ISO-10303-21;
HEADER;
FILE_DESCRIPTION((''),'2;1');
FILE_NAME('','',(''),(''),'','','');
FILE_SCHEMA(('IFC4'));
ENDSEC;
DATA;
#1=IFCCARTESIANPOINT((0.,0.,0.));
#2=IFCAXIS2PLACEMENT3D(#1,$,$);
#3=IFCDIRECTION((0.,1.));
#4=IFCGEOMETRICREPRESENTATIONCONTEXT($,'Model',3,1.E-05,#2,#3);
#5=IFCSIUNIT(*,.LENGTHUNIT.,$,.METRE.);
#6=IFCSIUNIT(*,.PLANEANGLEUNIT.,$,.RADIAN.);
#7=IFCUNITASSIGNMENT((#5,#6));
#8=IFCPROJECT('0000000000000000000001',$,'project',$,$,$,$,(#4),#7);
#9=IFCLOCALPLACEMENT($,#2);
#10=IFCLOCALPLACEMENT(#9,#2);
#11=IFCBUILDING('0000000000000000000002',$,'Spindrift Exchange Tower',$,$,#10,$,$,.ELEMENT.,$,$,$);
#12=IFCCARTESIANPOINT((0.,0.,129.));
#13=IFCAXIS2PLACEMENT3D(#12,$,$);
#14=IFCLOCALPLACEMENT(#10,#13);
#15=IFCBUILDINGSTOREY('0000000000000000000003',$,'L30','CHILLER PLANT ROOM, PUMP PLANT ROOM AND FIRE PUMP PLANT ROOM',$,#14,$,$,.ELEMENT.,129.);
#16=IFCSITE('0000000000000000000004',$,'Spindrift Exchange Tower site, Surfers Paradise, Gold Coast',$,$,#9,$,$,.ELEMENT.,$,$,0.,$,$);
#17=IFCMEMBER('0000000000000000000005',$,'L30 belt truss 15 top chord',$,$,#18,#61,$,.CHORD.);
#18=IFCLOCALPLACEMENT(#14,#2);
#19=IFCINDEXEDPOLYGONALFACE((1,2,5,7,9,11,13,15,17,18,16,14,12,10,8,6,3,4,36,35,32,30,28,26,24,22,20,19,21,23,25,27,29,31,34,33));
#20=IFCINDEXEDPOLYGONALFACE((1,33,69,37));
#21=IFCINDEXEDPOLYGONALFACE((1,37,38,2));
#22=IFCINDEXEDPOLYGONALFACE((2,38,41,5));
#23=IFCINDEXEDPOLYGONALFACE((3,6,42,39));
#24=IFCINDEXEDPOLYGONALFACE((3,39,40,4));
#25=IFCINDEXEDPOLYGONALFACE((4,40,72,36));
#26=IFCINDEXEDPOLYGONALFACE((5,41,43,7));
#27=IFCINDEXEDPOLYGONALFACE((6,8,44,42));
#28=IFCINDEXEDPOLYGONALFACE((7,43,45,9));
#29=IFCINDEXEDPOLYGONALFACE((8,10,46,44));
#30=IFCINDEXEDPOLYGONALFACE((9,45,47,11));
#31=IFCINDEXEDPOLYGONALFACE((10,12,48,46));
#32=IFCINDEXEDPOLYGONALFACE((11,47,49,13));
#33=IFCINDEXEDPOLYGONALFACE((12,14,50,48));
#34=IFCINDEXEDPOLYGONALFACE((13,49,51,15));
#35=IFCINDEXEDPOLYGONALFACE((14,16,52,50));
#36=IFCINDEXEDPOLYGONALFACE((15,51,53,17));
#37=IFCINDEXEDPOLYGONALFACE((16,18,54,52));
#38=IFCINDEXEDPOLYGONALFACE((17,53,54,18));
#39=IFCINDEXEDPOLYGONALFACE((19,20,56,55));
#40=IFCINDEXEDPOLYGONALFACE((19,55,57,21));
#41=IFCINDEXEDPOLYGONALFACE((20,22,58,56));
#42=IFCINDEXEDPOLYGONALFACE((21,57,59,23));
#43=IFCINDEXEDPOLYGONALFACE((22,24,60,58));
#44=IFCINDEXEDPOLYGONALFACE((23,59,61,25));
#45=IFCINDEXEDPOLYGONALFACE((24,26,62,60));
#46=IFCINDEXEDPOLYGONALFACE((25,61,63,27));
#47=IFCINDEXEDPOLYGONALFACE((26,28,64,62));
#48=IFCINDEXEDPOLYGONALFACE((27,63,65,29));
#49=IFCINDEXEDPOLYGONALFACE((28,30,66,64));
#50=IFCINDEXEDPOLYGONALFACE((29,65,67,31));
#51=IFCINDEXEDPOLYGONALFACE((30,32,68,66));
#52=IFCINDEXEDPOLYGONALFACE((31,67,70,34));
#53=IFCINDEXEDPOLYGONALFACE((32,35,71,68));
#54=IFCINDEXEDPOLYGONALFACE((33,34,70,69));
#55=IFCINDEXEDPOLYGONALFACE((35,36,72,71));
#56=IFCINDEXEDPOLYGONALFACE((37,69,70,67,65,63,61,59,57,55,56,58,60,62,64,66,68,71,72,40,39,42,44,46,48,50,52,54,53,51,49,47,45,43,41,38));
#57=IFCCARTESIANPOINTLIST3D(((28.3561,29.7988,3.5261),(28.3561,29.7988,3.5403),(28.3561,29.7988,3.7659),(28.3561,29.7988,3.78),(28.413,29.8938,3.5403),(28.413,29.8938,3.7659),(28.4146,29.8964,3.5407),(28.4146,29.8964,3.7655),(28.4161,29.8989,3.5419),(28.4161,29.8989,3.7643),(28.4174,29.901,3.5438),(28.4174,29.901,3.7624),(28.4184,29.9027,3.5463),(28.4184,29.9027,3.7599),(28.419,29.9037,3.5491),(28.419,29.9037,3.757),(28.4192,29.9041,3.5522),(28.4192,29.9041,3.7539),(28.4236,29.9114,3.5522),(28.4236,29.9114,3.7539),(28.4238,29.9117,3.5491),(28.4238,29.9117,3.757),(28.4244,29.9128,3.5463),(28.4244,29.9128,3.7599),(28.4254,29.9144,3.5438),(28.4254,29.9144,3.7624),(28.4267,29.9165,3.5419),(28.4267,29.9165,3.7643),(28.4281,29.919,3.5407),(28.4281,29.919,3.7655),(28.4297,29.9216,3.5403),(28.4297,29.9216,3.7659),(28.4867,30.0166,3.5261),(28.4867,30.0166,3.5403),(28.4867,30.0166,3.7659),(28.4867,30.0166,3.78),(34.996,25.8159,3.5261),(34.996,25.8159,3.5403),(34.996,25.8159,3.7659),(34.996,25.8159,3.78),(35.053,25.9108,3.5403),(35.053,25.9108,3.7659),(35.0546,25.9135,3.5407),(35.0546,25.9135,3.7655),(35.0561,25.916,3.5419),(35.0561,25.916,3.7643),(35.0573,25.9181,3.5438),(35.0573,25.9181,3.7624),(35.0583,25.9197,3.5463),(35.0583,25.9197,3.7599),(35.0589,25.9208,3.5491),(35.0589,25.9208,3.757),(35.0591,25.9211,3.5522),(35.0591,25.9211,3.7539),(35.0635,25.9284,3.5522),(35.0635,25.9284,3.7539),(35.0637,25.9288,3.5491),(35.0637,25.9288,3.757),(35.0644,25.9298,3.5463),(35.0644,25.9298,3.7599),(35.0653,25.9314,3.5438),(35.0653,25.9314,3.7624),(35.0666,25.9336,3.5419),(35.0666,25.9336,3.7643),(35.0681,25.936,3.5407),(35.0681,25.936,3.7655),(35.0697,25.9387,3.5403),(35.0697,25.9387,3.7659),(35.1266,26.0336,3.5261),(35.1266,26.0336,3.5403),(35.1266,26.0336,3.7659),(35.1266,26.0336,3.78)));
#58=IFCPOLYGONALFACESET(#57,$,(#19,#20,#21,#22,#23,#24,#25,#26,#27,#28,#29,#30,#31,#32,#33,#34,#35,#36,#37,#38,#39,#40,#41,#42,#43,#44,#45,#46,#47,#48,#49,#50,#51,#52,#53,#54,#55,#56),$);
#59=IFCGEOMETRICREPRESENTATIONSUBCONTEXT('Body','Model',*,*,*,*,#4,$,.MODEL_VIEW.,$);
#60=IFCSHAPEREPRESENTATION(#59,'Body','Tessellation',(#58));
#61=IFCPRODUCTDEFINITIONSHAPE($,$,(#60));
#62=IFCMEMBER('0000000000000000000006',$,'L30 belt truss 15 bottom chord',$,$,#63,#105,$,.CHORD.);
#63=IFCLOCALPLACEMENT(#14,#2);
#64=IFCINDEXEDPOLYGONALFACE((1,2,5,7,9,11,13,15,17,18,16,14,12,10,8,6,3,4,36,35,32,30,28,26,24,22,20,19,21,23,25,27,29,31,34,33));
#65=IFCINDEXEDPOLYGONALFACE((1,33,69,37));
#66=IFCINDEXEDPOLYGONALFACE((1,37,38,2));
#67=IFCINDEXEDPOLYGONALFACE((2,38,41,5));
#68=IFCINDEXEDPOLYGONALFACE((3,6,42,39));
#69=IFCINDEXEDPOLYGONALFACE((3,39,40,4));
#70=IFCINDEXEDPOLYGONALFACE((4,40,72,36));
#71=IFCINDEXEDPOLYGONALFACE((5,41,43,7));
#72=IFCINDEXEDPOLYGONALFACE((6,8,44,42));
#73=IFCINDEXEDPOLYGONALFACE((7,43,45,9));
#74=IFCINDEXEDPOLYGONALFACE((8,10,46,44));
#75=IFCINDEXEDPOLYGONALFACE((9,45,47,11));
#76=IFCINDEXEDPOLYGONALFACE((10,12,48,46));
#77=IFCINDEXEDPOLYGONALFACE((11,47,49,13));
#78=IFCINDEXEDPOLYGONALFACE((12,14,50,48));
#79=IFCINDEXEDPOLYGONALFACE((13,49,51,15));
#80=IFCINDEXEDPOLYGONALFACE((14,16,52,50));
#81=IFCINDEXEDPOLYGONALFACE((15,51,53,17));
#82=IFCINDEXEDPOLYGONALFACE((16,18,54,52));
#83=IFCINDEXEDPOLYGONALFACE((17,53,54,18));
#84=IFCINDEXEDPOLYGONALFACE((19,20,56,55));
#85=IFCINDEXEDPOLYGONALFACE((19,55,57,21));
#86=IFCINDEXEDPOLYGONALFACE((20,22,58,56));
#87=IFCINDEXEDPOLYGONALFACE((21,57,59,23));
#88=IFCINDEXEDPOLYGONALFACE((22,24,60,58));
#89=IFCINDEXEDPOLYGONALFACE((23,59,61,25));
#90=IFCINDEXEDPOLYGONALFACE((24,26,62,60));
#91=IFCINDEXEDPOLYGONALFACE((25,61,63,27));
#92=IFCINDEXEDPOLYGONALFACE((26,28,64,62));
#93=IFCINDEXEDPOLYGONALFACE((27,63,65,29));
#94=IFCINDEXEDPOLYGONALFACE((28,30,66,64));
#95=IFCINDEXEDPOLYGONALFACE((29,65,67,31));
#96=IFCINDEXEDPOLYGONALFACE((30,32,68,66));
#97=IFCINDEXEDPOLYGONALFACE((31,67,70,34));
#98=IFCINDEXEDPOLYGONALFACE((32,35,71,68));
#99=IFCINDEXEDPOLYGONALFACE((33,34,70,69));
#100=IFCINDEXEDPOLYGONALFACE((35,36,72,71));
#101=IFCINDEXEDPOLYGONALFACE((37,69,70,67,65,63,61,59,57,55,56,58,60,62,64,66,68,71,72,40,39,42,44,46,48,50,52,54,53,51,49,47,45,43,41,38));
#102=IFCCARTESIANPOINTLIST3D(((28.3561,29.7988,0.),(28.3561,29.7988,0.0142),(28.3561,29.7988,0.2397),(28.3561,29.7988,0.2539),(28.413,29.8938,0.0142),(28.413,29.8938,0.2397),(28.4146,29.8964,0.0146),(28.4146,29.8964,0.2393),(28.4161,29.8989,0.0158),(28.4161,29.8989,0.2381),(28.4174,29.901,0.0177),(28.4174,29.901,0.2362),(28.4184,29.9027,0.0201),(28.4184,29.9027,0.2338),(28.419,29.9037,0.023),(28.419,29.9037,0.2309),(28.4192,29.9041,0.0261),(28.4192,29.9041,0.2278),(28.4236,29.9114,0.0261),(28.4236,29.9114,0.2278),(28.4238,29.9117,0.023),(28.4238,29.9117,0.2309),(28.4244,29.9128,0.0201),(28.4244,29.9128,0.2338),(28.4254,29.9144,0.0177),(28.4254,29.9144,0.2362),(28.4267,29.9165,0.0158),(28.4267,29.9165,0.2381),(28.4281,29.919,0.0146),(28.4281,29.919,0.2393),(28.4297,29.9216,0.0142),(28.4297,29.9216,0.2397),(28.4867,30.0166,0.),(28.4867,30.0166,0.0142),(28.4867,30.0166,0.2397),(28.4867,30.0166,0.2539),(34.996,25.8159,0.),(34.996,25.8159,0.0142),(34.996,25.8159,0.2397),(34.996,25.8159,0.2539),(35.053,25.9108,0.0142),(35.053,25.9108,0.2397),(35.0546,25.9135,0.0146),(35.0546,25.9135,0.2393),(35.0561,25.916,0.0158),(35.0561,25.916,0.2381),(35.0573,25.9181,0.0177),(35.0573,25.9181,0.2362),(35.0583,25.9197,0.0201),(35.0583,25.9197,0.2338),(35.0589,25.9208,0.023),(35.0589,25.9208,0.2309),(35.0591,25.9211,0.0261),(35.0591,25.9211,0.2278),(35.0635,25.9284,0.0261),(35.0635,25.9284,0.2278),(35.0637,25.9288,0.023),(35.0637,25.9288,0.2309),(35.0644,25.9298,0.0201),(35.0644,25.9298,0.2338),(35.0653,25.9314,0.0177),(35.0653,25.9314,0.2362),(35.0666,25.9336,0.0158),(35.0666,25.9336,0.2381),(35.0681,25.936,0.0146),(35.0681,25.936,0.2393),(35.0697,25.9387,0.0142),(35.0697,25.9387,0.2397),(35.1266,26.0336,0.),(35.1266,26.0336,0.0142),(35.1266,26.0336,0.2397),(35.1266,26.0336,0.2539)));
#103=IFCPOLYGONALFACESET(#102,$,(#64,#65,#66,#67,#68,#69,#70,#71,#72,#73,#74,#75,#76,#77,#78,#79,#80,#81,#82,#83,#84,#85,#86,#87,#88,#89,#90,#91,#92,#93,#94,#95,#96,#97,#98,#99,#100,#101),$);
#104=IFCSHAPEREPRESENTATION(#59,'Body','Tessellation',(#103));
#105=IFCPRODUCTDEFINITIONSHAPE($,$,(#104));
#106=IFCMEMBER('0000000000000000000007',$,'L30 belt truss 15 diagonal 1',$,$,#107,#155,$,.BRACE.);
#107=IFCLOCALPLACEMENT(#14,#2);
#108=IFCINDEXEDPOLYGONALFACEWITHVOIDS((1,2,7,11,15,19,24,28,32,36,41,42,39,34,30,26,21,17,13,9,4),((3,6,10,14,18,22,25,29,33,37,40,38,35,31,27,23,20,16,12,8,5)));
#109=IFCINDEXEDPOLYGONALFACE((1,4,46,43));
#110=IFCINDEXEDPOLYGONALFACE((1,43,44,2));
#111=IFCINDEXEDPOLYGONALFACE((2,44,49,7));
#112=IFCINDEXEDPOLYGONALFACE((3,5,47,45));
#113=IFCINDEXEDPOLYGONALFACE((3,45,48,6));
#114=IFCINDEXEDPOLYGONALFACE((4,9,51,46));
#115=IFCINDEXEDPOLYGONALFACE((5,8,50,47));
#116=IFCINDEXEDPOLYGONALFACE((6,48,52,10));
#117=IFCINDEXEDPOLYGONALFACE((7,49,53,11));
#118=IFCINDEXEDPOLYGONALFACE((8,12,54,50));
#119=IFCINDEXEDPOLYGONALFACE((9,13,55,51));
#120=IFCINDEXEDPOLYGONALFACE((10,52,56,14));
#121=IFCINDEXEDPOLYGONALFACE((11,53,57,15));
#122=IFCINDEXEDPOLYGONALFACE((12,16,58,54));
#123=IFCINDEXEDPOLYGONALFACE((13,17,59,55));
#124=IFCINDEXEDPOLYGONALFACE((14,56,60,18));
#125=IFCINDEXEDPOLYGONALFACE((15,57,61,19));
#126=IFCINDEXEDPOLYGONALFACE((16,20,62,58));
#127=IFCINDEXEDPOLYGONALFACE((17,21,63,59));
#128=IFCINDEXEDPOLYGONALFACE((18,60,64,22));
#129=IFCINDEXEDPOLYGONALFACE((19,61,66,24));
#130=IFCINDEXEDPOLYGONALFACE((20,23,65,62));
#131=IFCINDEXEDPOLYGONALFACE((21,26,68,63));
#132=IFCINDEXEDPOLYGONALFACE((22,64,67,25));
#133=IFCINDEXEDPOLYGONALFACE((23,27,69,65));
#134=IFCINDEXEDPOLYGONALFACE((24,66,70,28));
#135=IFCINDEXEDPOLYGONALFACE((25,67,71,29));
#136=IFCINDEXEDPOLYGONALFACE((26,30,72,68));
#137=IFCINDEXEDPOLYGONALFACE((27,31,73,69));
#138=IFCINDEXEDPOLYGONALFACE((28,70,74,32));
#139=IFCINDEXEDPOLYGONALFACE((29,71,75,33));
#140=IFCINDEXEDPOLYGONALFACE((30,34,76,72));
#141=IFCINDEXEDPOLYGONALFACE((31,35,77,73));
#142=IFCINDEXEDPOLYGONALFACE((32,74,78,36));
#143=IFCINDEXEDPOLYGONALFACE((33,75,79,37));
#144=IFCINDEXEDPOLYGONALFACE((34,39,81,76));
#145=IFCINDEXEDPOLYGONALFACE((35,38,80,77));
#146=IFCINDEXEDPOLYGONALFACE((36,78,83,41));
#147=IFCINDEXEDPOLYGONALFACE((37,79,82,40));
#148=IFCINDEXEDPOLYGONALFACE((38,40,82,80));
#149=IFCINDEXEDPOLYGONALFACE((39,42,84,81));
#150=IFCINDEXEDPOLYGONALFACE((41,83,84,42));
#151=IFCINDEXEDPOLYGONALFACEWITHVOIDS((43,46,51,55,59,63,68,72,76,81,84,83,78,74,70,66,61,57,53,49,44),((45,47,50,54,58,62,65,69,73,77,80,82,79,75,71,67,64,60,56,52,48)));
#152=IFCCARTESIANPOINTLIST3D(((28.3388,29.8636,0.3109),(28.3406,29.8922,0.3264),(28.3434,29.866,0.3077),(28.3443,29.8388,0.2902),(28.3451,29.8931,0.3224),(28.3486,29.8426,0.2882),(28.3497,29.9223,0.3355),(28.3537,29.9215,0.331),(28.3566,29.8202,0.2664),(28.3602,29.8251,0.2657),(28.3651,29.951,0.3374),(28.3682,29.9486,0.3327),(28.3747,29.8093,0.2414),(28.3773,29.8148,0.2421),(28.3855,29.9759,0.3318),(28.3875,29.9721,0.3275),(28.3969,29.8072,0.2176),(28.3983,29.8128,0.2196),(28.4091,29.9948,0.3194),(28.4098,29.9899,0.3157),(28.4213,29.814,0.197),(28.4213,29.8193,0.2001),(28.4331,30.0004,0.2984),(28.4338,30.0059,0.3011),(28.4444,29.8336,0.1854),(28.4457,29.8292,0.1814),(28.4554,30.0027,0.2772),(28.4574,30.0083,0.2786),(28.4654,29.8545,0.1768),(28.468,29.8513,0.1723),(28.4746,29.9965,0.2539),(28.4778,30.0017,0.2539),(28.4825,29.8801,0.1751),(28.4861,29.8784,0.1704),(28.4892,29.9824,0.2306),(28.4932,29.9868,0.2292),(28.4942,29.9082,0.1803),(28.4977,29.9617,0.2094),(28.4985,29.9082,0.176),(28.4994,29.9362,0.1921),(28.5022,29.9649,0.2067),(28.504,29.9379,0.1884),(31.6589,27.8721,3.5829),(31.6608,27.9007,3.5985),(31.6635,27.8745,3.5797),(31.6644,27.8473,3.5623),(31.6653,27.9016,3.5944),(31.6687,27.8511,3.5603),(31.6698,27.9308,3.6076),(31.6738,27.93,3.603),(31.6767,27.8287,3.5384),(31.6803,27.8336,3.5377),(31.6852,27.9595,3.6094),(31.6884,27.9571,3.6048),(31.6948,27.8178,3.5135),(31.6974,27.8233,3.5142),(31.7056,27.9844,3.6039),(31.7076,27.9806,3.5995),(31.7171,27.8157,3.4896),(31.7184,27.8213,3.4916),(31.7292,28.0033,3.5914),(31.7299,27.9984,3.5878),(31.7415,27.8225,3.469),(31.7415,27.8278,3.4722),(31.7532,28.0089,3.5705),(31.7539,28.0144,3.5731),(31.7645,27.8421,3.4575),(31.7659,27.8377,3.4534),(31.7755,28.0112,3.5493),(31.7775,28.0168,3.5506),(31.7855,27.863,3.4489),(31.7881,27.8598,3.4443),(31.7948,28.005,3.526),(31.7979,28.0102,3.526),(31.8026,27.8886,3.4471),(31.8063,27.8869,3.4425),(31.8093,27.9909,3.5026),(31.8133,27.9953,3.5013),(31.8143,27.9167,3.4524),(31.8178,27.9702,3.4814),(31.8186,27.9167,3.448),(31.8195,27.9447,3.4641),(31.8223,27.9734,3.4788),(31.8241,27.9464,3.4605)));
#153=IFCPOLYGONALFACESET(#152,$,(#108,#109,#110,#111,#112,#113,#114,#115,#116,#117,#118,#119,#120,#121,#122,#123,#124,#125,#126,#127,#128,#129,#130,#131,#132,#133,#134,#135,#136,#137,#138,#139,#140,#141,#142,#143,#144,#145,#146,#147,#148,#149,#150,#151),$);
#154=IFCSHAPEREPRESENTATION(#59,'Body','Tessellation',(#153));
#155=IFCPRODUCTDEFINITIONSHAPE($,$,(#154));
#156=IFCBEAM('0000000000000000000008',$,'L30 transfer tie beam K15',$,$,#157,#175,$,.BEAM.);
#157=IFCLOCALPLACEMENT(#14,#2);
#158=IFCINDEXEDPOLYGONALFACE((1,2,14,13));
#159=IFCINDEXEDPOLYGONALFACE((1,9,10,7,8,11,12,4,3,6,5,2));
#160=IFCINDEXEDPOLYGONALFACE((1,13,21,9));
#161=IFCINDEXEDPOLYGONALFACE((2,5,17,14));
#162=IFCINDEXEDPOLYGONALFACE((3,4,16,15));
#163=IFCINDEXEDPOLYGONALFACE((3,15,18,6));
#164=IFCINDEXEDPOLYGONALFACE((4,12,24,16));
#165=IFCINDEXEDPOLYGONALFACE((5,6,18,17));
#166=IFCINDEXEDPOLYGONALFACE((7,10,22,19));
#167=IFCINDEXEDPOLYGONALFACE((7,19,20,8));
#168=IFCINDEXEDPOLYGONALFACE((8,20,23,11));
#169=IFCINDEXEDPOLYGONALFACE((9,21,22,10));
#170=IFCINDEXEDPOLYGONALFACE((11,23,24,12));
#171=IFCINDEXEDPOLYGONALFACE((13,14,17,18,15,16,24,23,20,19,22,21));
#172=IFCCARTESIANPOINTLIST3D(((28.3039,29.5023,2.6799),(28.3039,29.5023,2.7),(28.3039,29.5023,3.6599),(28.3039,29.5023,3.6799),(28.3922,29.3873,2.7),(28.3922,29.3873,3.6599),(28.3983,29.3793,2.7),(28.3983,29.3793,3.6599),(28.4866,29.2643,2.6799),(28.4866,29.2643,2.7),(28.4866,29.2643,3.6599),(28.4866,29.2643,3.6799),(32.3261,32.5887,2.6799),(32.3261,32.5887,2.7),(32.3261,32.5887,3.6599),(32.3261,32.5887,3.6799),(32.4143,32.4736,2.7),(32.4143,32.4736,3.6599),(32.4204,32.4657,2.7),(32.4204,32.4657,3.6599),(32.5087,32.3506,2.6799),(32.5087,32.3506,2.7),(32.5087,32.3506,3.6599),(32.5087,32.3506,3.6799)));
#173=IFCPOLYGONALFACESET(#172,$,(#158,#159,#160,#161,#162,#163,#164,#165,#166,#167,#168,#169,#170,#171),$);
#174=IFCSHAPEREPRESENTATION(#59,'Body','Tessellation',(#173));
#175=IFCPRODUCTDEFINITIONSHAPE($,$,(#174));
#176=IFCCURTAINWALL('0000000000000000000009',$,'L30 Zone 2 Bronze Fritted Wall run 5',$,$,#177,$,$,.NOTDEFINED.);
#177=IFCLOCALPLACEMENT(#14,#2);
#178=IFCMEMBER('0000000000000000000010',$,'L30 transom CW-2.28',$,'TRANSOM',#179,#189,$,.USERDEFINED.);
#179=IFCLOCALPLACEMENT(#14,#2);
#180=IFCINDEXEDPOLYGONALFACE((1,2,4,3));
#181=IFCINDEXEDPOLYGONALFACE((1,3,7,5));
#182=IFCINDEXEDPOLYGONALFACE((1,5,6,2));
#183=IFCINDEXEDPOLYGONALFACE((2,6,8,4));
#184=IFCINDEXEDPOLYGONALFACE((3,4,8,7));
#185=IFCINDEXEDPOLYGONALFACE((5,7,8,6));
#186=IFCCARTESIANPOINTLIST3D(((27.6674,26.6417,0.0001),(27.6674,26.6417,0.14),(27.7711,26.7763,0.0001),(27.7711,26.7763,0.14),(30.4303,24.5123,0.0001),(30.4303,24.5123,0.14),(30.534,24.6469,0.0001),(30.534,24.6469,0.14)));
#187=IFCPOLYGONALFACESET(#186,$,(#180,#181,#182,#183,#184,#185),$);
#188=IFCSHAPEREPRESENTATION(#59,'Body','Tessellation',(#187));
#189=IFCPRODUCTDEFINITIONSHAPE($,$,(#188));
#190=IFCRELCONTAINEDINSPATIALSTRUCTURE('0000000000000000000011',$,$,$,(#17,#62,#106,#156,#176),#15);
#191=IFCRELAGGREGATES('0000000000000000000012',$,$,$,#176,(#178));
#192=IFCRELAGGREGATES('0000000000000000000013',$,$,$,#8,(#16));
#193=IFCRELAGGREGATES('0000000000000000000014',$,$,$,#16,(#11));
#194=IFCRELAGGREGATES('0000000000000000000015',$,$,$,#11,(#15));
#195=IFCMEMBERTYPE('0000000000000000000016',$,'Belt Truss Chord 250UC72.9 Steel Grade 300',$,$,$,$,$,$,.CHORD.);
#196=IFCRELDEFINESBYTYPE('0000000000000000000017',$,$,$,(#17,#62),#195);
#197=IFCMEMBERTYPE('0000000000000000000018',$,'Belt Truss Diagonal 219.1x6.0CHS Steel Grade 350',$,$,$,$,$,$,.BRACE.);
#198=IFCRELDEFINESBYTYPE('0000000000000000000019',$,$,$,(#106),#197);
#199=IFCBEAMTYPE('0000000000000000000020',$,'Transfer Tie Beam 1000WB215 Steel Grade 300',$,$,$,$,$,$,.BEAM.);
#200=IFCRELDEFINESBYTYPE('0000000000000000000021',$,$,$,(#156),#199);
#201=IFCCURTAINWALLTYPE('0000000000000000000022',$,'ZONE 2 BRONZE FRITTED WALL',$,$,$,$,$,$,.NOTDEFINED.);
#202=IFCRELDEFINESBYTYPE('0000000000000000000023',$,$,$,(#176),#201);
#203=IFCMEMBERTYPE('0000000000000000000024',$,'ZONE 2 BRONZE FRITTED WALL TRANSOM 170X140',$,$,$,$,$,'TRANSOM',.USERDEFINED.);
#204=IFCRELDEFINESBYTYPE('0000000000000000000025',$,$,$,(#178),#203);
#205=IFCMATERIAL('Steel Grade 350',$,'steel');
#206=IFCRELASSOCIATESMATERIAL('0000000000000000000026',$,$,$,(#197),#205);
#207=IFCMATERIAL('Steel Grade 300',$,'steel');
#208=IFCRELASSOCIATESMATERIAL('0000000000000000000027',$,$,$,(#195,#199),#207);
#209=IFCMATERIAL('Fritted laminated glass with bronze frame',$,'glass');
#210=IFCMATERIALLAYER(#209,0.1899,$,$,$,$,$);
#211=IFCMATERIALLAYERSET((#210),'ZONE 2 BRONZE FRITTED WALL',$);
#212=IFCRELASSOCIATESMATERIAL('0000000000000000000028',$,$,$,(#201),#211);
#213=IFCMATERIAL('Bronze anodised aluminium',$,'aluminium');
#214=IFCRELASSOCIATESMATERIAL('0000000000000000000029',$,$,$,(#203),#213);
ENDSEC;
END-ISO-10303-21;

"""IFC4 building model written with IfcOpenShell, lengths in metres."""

from ifc_helpers import new_model, si_unit, direction, frame, origin, origin_2d, place, context, subcontext, project, spatial, rectangle, hollow_circle, i_section, extrude, source, transform, mapped, material, layer, layer_set, material_profile, profile_set, type_object, element, aggregate, save


model = new_model("IFC4")

# Units and contexts
model_context = context("Model", 3, precision=1e-05, world=origin(), true_north=direction((0.0, 1.0)))
body_context = subcontext(model_context, "Body", "Model", "MODEL_VIEW")
ifc_project = project(units=[si_unit("LENGTHUNIT", "METRE"), si_unit("PLANEANGLEUNIT", "RADIAN")], contexts=[model_context])

# Site, building, storey
site_placement = place(None, origin())
site = spatial("IfcSite", under=ifc_project, at=site_placement, Name="Spindrift Exchange Tower site, Surfers Paradise, Gold Coast", CompositionType="ELEMENT", RefElevation=0.0)
building_placement = place(site_placement, origin())
building = spatial("IfcBuilding", under=site, at=building_placement, Name="Spindrift Exchange Tower", CompositionType="ELEMENT")
storey_placement = place(building_placement, frame((0.0, 0.0, 129.0)))
storey = spatial("IfcBuildingStorey", under=building, at=storey_placement, Name="L30", Description="CHILLER PLANT ROOM, PUMP PLANT ROOM AND FIRE PUMP PLANT ROOM", CompositionType="ELEMENT", Elevation=129.0)

# Shared definitions
ifc_material_1 = material(Name="Steel Grade 300", Category="steel")

# Members
ifc_material_2 = material(Name="Steel Grade 350", Category="steel")
ifc_material_profile_1 = material_profile(ifc_material_2, hollow_circle(Radius=0.1096, WallThickness=0.0061, at=origin_2d()), Name="219.1x6.0CHS")
ifc_profile_set_1 = profile_set([ifc_material_profile_1], Name="Steel Grade 350")
member_type_1 = type_object("IfcMemberType", Name="Belt Truss Diagonal 219.1x6.0CHS Steel Grade 350", PredefinedType="BRACE", material=ifc_profile_set_1)
ifc_material_profile_2 = material_profile(ifc_material_1, i_section(OverallWidth=0.2539, OverallDepth=0.2539, WebThickness=0.0085, FlangeThickness=0.0142, FilletRadius=0.012, at=origin_2d()), Name="250UC72.9")
ifc_profile_set_2 = profile_set([ifc_material_profile_2], Name="Steel Grade 300")
member_type_2 = type_object("IfcMemberType", Name="Belt Truss Chord 250UC72.9 Steel Grade 300", PredefinedType="CHORD", material=ifc_profile_set_2)
shared_shape_1 = source(origin(), body_context, "Body", "SweptSolid", [
    extrude(i_section(OverallWidth=0.2539, OverallDepth=0.2539, WebThickness=0.0085, FlangeThickness=0.0142, FilletRadius=0.012, at=origin_2d()), origin(), (0.0, 0.0, 1.0), 7.7429),
])
for number, where, z_axis, x_axis, name in (
    (1, (28.4214, 29.9077, 3.6531), (0.857551, -0.514398, 0.0), (0.514398, 0.857551, 0.0), "L30 belt truss 15 top chord"),
    (2, (28.4214, 29.9077, 0.127), (0.857551, -0.514398, 0.0), (0.514398, 0.857551, 0.0), "L30 belt truss 15 bottom chord"),
):
    element("IfcMember", number, at=place(storey_placement, frame(where, z_axis=z_axis, x_axis=x_axis)), inside=storey, type_object=member_type_2, Name=name, PredefinedType="CHORD", context=body_context, shape_type="MappedRepresentation", body=[
        mapped(shared_shape_1, transform((0.0, 0.0, 0.0), scale=1.0)),
    ])
shared_shape_2 = source(origin(), body_context, "Body", "SweptSolid", [
    extrude(hollow_circle(Radius=0.1096, WallThickness=0.0061, at=origin_2d()), origin(), (0.0, 0.0, 1.0), 5.0691),
])
member_1_placement = place(storey_placement, frame((28.4214, 29.9077, 0.2539), z_axis=(0.654978, -0.392871, 0.645489), x_axis=(0.514384, 0.85756, 0.0)))
element("IfcMember", 3, at=member_1_placement, inside=storey, type_object=member_type_1, Name="L30 belt truss 15 diagonal 1", PredefinedType="BRACE", context=body_context, shape_type="MappedRepresentation", body=[
    mapped(shared_shape_2, transform((0.0, 0.0, 0.0), scale=1.0)),
])

# Beam
ifc_material_profile_3 = material_profile(ifc_material_1, i_section(OverallWidth=0.3, OverallDepth=1.0, WebThickness=0.01, FlangeThickness=0.02, at=origin_2d()), Name="1000WB215")
ifc_profile_set_3 = profile_set([ifc_material_profile_3], Name="Steel Grade 300")
beam_type_1 = type_object("IfcBeamType", Name="Transfer Tie Beam 1000WB215 Steel Grade 300", PredefinedType="BEAM", material=ifc_profile_set_3)
shared_shape_3 = source(origin(), body_context, "Body", "SweptSolid", [
    extrude(i_section(OverallWidth=0.3, OverallDepth=1.0, WebThickness=0.01, FlangeThickness=0.02, at=origin_2d()), origin(), (0.0, 0.0, 1.0), 5.0698),
])
beam_1_placement = place(storey_placement, frame((28.3953, 29.3833, 3.1799), z_axis=(0.793347, 0.60877, 0.0), x_axis=(-0.60877, 0.793347, 0.0)))
element("IfcBeam", 4, at=beam_1_placement, inside=storey, type_object=beam_type_1, Name="L30 transfer tie beam K15", PredefinedType="BEAM", context=body_context, shape_type="MappedRepresentation", body=[
    mapped(shared_shape_3, transform((0.0, 0.0, 0.0), scale=1.0)),
])

# Curtain wall, member
ifc_material_3 = material(Name="Fritted laminated glass with bronze frame", Category="glass")
ifc_layer_1 = layer(ifc_material_3, 0.1899)
ifc_layer_set_1 = layer_set([ifc_layer_1], Name="ZONE 2 BRONZE FRITTED WALL")
curtain_wall_type = type_object("IfcCurtainWallType", Name="ZONE 2 BRONZE FRITTED WALL", PredefinedType="NOTDEFINED", material=ifc_layer_set_1)
curtain_wall_placement = place(storey_placement, origin())
curtain_wall = element("IfcCurtainWall", 5, at=curtain_wall_placement, inside=storey, type_object=curtain_wall_type, Name="L30 Zone 2 Bronze Fritted Wall run 5", PredefinedType="NOTDEFINED")
ifc_material_4 = material(Name="Bronze anodised aluminium", Category="aluminium")
ifc_material_profile_4 = material_profile(ifc_material_4, rectangle(XDim=0.1699, YDim=0.1399, at=origin_2d()), Name="ZONE 2 BRONZE FRITTED WALL TRANSOM 170X140")
ifc_profile_set_4 = profile_set([ifc_material_profile_4], Name="Bronze anodised aluminium")
member_type_3 = type_object("IfcMemberType", Name="ZONE 2 BRONZE FRITTED WALL TRANSOM 170X140", ElementType="TRANSOM", PredefinedType="USERDEFINED", material=ifc_profile_set_4)
shared_shape_4 = source(origin(), body_context, "Body", "SweptSolid", [
    extrude(rectangle(XDim=0.1699, YDim=0.1399, at=origin_2d()), origin(), (0.0, 0.0, 1.0), 3.4883),
])
member_2_placement = place(storey_placement, frame((27.7192, 26.709, 0.0701), z_axis=(0.792062, -0.610441, 0.0), x_axis=(0.610441, 0.792062, 0.0)))
member_2 = element("IfcMember", 6, at=member_2_placement, type_object=member_type_3, Name="L30 transom CW-2.28", ObjectType="TRANSOM", PredefinedType="USERDEFINED", context=body_context, shape_type="MappedRepresentation", body=[
    mapped(shared_shape_4, transform((0.0, 0.0, 0.0), scale=1.0)),
])

aggregate(curtain_wall, [member_2])

save(model, "model.ifc")
